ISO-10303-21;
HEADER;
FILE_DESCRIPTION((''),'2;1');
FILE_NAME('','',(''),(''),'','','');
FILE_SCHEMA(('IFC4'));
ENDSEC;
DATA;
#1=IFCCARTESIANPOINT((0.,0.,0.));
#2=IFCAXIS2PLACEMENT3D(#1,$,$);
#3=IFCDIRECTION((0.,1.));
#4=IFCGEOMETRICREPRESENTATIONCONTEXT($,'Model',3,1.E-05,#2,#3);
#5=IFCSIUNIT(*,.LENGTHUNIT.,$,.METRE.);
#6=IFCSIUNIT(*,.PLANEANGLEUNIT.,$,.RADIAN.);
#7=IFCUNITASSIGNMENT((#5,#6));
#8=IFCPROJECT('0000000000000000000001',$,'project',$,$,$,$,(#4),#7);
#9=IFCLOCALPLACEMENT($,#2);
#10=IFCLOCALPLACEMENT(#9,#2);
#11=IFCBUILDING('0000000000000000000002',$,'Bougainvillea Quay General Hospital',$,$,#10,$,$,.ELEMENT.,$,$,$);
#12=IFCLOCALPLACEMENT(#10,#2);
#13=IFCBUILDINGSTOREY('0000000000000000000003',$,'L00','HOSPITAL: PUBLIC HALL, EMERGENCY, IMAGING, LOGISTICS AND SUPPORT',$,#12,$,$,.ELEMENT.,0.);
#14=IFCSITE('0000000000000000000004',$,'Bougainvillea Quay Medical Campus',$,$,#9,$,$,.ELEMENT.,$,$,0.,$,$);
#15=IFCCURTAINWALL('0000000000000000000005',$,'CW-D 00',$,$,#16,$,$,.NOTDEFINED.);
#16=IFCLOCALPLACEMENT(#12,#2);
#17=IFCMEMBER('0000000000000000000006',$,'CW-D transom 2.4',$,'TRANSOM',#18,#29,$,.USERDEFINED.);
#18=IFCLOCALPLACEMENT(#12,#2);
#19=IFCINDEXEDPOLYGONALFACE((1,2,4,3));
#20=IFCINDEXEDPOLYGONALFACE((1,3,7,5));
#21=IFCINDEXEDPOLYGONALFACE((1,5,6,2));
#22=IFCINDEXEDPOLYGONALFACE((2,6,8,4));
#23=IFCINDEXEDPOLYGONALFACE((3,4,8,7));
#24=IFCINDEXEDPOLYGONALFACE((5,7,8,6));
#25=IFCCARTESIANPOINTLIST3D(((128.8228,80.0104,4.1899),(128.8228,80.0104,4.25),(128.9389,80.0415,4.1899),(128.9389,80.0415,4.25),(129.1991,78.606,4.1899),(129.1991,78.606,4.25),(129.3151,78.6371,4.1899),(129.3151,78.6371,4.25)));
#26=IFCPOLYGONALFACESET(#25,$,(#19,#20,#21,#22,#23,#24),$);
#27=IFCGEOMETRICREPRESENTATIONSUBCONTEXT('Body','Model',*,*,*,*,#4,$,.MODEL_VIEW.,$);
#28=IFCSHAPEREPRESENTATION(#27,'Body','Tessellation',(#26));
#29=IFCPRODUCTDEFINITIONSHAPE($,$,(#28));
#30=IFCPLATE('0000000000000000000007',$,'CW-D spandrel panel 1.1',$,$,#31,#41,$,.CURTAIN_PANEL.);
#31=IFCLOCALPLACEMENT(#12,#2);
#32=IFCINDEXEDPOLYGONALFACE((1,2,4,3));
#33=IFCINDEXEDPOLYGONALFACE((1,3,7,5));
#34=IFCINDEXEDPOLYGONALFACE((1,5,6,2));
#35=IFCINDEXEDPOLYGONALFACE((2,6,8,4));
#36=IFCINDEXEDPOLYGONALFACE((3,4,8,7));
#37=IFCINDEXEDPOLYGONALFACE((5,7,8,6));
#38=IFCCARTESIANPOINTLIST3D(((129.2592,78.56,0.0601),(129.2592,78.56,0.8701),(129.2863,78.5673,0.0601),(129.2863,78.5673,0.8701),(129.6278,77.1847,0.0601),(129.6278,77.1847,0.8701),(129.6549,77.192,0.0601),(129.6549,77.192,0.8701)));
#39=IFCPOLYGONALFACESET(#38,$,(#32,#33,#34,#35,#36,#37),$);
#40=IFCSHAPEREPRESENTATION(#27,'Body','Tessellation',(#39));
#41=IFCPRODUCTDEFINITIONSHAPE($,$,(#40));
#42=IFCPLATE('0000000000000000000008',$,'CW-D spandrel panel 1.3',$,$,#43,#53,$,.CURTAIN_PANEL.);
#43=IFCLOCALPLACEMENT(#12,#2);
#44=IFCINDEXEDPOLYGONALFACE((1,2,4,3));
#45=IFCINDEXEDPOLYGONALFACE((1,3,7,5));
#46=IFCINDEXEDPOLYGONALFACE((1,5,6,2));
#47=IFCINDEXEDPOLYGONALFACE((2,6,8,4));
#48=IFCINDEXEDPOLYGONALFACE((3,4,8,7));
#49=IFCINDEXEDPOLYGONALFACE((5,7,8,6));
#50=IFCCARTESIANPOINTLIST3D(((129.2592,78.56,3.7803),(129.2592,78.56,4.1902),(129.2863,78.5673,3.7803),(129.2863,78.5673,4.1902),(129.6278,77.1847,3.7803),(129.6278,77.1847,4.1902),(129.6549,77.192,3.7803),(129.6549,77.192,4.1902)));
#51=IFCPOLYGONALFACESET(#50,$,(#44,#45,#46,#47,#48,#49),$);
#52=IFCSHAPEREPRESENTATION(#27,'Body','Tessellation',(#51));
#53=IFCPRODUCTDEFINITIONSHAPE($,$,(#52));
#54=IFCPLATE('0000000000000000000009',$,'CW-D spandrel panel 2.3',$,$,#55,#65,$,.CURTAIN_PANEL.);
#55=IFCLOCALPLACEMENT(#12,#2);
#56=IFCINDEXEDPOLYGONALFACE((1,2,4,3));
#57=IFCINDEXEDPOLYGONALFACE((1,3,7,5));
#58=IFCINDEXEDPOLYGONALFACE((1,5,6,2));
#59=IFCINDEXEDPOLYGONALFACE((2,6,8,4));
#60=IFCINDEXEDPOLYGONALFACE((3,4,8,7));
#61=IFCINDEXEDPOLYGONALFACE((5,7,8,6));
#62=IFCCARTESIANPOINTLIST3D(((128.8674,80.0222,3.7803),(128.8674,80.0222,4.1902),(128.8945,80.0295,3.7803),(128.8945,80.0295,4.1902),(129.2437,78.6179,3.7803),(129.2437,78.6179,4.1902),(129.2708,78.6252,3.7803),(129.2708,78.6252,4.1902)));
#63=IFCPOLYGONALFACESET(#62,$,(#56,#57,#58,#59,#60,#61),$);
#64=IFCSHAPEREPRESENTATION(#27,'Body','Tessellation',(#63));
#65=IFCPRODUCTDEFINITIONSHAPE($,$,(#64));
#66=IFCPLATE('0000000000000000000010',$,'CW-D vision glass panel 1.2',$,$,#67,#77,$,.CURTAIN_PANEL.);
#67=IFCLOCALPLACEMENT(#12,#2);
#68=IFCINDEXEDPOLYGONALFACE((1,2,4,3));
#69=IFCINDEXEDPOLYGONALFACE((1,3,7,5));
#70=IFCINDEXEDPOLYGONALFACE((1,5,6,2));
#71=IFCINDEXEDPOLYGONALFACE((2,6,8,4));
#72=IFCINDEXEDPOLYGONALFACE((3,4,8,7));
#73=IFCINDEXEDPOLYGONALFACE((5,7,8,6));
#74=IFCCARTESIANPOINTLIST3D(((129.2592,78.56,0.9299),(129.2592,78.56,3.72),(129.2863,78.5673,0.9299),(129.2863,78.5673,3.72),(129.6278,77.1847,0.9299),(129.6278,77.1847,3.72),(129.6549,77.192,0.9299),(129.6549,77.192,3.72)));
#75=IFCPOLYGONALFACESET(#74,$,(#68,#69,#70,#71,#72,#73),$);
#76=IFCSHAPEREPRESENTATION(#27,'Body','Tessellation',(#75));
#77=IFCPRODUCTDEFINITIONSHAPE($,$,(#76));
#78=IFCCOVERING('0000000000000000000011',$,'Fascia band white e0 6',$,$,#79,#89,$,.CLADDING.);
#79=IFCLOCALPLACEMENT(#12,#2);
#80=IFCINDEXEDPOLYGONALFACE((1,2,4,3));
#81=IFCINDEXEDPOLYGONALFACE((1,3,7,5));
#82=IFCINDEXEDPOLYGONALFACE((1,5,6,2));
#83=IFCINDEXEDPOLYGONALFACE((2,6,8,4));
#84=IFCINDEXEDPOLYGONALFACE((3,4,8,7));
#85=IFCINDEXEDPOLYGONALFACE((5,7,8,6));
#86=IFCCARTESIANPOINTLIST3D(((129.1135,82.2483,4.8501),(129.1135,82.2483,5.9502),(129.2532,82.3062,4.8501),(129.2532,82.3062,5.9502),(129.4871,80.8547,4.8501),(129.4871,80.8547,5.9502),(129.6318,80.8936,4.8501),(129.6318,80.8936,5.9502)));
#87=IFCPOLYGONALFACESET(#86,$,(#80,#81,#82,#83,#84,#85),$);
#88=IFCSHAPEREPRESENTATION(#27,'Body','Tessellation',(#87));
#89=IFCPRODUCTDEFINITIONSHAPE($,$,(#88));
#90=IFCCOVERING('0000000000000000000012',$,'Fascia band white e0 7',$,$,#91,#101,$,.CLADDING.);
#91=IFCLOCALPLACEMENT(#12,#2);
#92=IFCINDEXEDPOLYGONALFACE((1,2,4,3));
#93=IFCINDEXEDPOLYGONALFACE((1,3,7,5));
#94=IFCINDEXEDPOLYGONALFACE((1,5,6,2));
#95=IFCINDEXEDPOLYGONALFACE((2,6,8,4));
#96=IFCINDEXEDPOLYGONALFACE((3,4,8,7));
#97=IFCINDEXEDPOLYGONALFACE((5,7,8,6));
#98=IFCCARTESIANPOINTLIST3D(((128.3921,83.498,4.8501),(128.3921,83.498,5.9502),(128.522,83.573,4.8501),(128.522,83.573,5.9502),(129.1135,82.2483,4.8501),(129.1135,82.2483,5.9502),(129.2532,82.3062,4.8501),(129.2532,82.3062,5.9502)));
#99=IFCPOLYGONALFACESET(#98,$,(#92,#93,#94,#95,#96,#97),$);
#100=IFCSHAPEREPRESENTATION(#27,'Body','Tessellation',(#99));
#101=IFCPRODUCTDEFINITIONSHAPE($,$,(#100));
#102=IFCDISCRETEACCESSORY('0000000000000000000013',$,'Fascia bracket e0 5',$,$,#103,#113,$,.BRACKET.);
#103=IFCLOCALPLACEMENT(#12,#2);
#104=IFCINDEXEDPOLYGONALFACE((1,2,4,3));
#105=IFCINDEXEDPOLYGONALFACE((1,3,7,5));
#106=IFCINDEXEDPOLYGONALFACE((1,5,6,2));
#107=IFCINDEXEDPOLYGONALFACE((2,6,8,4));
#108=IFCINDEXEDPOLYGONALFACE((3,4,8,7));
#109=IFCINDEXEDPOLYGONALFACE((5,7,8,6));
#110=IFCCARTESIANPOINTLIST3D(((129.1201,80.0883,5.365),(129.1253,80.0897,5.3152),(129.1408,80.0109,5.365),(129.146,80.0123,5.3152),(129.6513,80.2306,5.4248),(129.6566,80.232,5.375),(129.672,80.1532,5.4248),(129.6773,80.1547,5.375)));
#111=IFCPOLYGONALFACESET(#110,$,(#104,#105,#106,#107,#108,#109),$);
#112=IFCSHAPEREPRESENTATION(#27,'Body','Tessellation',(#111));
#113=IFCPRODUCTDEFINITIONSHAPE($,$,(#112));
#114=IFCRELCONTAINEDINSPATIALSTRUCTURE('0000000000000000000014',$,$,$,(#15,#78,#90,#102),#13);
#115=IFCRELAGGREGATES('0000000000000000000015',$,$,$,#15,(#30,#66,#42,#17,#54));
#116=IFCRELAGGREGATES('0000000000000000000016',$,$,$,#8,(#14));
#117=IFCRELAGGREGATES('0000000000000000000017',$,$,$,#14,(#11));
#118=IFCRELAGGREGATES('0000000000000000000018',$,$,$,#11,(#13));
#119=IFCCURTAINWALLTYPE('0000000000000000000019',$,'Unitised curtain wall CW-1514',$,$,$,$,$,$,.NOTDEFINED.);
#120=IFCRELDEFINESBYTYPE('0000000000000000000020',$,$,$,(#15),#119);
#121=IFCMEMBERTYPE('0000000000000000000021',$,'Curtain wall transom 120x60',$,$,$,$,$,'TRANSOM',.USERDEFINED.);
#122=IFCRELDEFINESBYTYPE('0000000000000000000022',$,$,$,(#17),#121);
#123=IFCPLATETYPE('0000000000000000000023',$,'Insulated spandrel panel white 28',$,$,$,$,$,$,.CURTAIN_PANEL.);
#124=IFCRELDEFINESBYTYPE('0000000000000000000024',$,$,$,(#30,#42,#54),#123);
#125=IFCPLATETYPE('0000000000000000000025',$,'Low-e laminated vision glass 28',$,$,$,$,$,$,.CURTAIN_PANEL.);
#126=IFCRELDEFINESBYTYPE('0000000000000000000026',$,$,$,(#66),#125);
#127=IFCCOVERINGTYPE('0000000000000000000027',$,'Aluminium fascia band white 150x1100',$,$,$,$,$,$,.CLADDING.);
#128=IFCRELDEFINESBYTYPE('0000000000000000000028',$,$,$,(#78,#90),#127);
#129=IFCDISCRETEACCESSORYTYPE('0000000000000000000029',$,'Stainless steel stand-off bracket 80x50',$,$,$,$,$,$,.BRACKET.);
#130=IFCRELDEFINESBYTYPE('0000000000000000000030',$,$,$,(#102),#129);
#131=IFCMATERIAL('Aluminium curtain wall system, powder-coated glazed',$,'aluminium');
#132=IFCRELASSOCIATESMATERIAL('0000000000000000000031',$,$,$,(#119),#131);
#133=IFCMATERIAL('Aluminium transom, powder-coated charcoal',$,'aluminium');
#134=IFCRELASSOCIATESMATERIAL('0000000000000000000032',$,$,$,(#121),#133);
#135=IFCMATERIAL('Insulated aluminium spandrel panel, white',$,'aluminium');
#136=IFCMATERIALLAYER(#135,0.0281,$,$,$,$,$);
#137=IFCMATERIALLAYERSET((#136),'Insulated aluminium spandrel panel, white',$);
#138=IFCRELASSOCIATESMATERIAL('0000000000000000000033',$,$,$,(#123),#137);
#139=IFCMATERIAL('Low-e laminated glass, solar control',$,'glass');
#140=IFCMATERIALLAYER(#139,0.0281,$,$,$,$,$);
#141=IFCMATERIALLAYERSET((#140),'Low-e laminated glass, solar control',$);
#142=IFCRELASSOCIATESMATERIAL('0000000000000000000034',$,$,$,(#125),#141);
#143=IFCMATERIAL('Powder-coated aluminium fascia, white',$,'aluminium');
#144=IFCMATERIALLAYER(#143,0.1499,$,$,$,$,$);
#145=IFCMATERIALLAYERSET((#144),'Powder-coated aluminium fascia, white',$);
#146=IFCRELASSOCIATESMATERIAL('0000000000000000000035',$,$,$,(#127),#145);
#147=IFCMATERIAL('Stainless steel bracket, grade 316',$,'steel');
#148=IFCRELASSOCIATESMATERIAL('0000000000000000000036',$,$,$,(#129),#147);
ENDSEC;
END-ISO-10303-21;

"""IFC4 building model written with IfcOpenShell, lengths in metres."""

from ifc_helpers import new_model, si_unit, direction, frame, origin, origin_2d, place, context, subcontext, project, spatial, polyline, rectangle, outline, extrude, material, layer, layer_set, material_profile, profile_set, type_object, element, aggregate, save


model = new_model("IFC4")

# Units and contexts
model_context = context("Model", 3, precision=1e-05, world=origin(), true_north=direction((0.0, 1.0)))
body_context = subcontext(model_context, "Body", "Model", "MODEL_VIEW")
ifc_project = project(units=[si_unit("LENGTHUNIT", "METRE"), si_unit("PLANEANGLEUNIT", "RADIAN")], contexts=[model_context])

# Site, building, storey
site_placement = place(None, origin())
site = spatial("IfcSite", under=ifc_project, at=site_placement, Name="Bougainvillea Quay Medical Campus", CompositionType="ELEMENT", RefElevation=0.0)
building_placement = place(site_placement, origin())
building = spatial("IfcBuilding", under=site, at=building_placement, Name="Bougainvillea Quay General Hospital", CompositionType="ELEMENT")
storey_placement = place(building_placement, origin())
storey = spatial("IfcBuildingStorey", under=building, at=storey_placement, Name="L00", Description="HOSPITAL: PUBLIC HALL, EMERGENCY, IMAGING, LOGISTICS AND SUPPORT", CompositionType="ELEMENT", Elevation=0.0)

# Shared definitions
ifc_material_1 = material(Name="Aluminium curtain wall system, powder-coated glazed", Category="aluminium")

# Curtain wall
curtain_wall_type_1 = type_object("IfcCurtainWallType", Name="Unitised curtain wall CW-1514", PredefinedType="NOTDEFINED", material=ifc_material_1)
curtain_wall_1_placement = place(storey_placement, origin())
curtain_wall_1 = element("IfcCurtainWall", 1, at=curtain_wall_1_placement, inside=storey, type_object=curtain_wall_type_1, Name="CW-D 00", PredefinedType="NOTDEFINED")

# Member
ifc_material_2 = material(Name="Aluminium transom, powder-coated charcoal", Category="aluminium")
ifc_material_profile_1 = material_profile(ifc_material_2, rectangle(XDim=0.1201, YDim=0.0601, at=origin_2d()))
ifc_profile_set_1 = profile_set([ifc_material_profile_1], Name="Aluminium transom, powder-coated charcoal")
member_type_1 = type_object("IfcMemberType", Name="Curtain wall transom 120x60", ElementType="TRANSOM", PredefinedType="USERDEFINED", material=ifc_profile_set_1)
member_1_placement = place(storey_placement, frame((129.2571, 78.6216, 4.22), z_axis=(-0.258781, 0.965936, 0.0), x_axis=(-0.965936, -0.258781, 0.0)))
member_1 = element("IfcMember", 2, at=member_1_placement, type_object=member_type_1, Name="CW-D transom 2.4", ObjectType="TRANSOM", PredefinedType="USERDEFINED", context=body_context, shape_type="SweptSolid", body=[
    extrude(rectangle(XDim=0.1201, YDim=0.0601, at=origin_2d()), origin(), (0.0, 0.0, 1.0), 1.4539),
])

# Plates
ifc_material_3 = material(Name="Insulated aluminium spandrel panel, white", Category="aluminium")
ifc_layer_1 = layer(ifc_material_3, 0.0281)
ifc_layer_set_1 = layer_set([ifc_layer_1], Name="Insulated aluminium spandrel panel, white")
plate_type_1 = type_object("IfcPlateType", Name="Insulated spandrel panel white 28", PredefinedType="CURTAIN_PANEL", material=ifc_layer_set_1)
plate_1_placement = place(storey_placement, frame((129.457, 77.876, 0.0601), z_axis=(0.0, 0.0, 1.0), x_axis=(-0.258855, 0.965916, 0.0)))
plate_1 = element("IfcPlate", 3, at=plate_1_placement, type_object=plate_type_1, Name="CW-D spandrel panel 1.1", PredefinedType="CURTAIN_PANEL", context=body_context, shape_type="SweptSolid", body=[
    extrude(rectangle(XDim=1.4238, YDim=0.0281, at=origin_2d()), origin(), (0.0, 0.0, 1.0), 0.8101),
])
plate_2_placement = place(storey_placement, frame((129.457, 77.876, 3.7803), z_axis=(0.0, 0.0, 1.0), x_axis=(-0.258855, 0.965916, 0.0)))
plate_2 = element("IfcPlate", 4, at=plate_2_placement, type_object=plate_type_1, Name="CW-D spandrel panel 1.3", PredefinedType="CURTAIN_PANEL", context=body_context, shape_type="SweptSolid", body=[
    extrude(rectangle(XDim=1.4238, YDim=0.0281, at=origin_2d()), origin(), (0.0, 0.0, 1.0), 0.4099),
])
plate_3_placement = place(storey_placement, frame((129.0691, 79.3237, 3.7803), z_axis=(0.0, 0.0, 1.0), x_axis=(-0.258855, 0.965916, 0.0)))
plate_3 = element("IfcPlate", 5, at=plate_3_placement, type_object=plate_type_1, Name="CW-D spandrel panel 2.3", PredefinedType="CURTAIN_PANEL", context=body_context, shape_type="SweptSolid", body=[
    extrude(rectangle(XDim=1.4539, YDim=0.0281, at=origin_2d()), origin(), (0.0, 0.0, 1.0), 0.4099),
])
ifc_material_4 = material(Name="Low-e laminated glass, solar control", Category="glass")
ifc_layer_2 = layer(ifc_material_4, 0.0281)
ifc_layer_set_2 = layer_set([ifc_layer_2], Name="Low-e laminated glass, solar control")
plate_type_2 = type_object("IfcPlateType", Name="Low-e laminated vision glass 28", PredefinedType="CURTAIN_PANEL", material=ifc_layer_set_2)
plate_4_placement = place(storey_placement, frame((129.457, 77.876, 0.9299), z_axis=(0.0, 0.0, 1.0), x_axis=(-0.258855, 0.965916, 0.0)))
plate_4 = element("IfcPlate", 6, at=plate_4_placement, type_object=plate_type_2, Name="CW-D vision glass panel 1.2", PredefinedType="CURTAIN_PANEL", context=body_context, shape_type="SweptSolid", body=[
    extrude(rectangle(XDim=1.4238, YDim=0.0281, at=origin_2d()), origin(), (0.0, 0.0, 1.0), 2.79),
])
aggregate(curtain_wall_1, [plate_1, plate_4, plate_2, member_1, plate_3])

# Coverings
ifc_material_5 = material(Name="Powder-coated aluminium fascia, white", Category="aluminium")
ifc_layer_3 = layer(ifc_material_5, 0.1499)
ifc_layer_set_3 = layer_set([ifc_layer_3], Name="Powder-coated aluminium fascia, white")
covering_type = type_object("IfcCoveringType", Name="Aluminium fascia band white 150x1100", PredefinedType="CLADDING", material=ifc_layer_set_3)
covering_1_placement = place(storey_placement, frame((129.4871, 80.8547, 4.8501), z_axis=(0.0, 0.0, 1.0), x_axis=(-0.258905, 0.965903, 0.0)))
element("IfcCovering", 7, at=covering_1_placement, inside=storey, type_object=covering_type, Name="Fascia band white e0 6", PredefinedType="CLADDING", context=body_context, shape_type="SweptSolid", body=[
    extrude(outline(polyline([(0.0, 0.0), (1.4427, 0.0), (1.4625, -0.1499), (0.0, -0.1499), (0.0, 0.0)])), origin(), (0.0, 0.0, 1.0), 1.1001),
])
covering_2_placement = place(storey_placement, frame((129.1135, 82.2483, 4.8501), z_axis=(0.0, 0.0, 1.0), x_axis=(-0.499942, 0.866059, 0.0)))
element("IfcCovering", 8, at=covering_2_placement, inside=storey, type_object=covering_type, Name="Fascia band white e0 7", PredefinedType="CLADDING", context=body_context, shape_type="SweptSolid", body=[
    extrude(outline(polyline([(0.0, 0.0), (1.443, 0.0), (1.443, -0.15), (-0.0197, -0.1499), (0.0, 0.0)])), origin(), (0.0, 0.0, 1.0), 1.1001),
])

# Discrete accessory
ifc_material_6 = material(Name="Stainless steel bracket, grade 316", Category="steel")
ifc_material_profile_2 = material_profile(ifc_material_6, rectangle(XDim=0.0801, YDim=0.05, at=origin_2d()))
ifc_profile_set_2 = profile_set([ifc_material_profile_2], Name="Stainless steel bracket, grade 316")
discrete_accessory_type = type_object("IfcDiscreteAccessoryType", Name="Stainless steel stand-off bracket 80x50", PredefinedType="BRACKET", material=ifc_profile_set_2)
discrete_accessory_placement = place(storey_placement, frame((129.1331, 80.0503, 5.3401), z_axis=(0.96027, 0.257278, 0.108119), x_axis=(-0.258795, 0.965932, 0.0)))
element("IfcDiscreteAccessory", 9, at=discrete_accessory_placement, inside=storey, type_object=discrete_accessory_type, Name="Fascia bracket e0 5", PredefinedType="BRACKET", context=body_context, shape_type="SweptSolid", body=[
    extrude(rectangle(XDim=0.0801, YDim=0.05, at=origin_2d()), origin(), (0.0, 0.0, 1.0), 0.5532),
])

save(model, "model.ifc")
